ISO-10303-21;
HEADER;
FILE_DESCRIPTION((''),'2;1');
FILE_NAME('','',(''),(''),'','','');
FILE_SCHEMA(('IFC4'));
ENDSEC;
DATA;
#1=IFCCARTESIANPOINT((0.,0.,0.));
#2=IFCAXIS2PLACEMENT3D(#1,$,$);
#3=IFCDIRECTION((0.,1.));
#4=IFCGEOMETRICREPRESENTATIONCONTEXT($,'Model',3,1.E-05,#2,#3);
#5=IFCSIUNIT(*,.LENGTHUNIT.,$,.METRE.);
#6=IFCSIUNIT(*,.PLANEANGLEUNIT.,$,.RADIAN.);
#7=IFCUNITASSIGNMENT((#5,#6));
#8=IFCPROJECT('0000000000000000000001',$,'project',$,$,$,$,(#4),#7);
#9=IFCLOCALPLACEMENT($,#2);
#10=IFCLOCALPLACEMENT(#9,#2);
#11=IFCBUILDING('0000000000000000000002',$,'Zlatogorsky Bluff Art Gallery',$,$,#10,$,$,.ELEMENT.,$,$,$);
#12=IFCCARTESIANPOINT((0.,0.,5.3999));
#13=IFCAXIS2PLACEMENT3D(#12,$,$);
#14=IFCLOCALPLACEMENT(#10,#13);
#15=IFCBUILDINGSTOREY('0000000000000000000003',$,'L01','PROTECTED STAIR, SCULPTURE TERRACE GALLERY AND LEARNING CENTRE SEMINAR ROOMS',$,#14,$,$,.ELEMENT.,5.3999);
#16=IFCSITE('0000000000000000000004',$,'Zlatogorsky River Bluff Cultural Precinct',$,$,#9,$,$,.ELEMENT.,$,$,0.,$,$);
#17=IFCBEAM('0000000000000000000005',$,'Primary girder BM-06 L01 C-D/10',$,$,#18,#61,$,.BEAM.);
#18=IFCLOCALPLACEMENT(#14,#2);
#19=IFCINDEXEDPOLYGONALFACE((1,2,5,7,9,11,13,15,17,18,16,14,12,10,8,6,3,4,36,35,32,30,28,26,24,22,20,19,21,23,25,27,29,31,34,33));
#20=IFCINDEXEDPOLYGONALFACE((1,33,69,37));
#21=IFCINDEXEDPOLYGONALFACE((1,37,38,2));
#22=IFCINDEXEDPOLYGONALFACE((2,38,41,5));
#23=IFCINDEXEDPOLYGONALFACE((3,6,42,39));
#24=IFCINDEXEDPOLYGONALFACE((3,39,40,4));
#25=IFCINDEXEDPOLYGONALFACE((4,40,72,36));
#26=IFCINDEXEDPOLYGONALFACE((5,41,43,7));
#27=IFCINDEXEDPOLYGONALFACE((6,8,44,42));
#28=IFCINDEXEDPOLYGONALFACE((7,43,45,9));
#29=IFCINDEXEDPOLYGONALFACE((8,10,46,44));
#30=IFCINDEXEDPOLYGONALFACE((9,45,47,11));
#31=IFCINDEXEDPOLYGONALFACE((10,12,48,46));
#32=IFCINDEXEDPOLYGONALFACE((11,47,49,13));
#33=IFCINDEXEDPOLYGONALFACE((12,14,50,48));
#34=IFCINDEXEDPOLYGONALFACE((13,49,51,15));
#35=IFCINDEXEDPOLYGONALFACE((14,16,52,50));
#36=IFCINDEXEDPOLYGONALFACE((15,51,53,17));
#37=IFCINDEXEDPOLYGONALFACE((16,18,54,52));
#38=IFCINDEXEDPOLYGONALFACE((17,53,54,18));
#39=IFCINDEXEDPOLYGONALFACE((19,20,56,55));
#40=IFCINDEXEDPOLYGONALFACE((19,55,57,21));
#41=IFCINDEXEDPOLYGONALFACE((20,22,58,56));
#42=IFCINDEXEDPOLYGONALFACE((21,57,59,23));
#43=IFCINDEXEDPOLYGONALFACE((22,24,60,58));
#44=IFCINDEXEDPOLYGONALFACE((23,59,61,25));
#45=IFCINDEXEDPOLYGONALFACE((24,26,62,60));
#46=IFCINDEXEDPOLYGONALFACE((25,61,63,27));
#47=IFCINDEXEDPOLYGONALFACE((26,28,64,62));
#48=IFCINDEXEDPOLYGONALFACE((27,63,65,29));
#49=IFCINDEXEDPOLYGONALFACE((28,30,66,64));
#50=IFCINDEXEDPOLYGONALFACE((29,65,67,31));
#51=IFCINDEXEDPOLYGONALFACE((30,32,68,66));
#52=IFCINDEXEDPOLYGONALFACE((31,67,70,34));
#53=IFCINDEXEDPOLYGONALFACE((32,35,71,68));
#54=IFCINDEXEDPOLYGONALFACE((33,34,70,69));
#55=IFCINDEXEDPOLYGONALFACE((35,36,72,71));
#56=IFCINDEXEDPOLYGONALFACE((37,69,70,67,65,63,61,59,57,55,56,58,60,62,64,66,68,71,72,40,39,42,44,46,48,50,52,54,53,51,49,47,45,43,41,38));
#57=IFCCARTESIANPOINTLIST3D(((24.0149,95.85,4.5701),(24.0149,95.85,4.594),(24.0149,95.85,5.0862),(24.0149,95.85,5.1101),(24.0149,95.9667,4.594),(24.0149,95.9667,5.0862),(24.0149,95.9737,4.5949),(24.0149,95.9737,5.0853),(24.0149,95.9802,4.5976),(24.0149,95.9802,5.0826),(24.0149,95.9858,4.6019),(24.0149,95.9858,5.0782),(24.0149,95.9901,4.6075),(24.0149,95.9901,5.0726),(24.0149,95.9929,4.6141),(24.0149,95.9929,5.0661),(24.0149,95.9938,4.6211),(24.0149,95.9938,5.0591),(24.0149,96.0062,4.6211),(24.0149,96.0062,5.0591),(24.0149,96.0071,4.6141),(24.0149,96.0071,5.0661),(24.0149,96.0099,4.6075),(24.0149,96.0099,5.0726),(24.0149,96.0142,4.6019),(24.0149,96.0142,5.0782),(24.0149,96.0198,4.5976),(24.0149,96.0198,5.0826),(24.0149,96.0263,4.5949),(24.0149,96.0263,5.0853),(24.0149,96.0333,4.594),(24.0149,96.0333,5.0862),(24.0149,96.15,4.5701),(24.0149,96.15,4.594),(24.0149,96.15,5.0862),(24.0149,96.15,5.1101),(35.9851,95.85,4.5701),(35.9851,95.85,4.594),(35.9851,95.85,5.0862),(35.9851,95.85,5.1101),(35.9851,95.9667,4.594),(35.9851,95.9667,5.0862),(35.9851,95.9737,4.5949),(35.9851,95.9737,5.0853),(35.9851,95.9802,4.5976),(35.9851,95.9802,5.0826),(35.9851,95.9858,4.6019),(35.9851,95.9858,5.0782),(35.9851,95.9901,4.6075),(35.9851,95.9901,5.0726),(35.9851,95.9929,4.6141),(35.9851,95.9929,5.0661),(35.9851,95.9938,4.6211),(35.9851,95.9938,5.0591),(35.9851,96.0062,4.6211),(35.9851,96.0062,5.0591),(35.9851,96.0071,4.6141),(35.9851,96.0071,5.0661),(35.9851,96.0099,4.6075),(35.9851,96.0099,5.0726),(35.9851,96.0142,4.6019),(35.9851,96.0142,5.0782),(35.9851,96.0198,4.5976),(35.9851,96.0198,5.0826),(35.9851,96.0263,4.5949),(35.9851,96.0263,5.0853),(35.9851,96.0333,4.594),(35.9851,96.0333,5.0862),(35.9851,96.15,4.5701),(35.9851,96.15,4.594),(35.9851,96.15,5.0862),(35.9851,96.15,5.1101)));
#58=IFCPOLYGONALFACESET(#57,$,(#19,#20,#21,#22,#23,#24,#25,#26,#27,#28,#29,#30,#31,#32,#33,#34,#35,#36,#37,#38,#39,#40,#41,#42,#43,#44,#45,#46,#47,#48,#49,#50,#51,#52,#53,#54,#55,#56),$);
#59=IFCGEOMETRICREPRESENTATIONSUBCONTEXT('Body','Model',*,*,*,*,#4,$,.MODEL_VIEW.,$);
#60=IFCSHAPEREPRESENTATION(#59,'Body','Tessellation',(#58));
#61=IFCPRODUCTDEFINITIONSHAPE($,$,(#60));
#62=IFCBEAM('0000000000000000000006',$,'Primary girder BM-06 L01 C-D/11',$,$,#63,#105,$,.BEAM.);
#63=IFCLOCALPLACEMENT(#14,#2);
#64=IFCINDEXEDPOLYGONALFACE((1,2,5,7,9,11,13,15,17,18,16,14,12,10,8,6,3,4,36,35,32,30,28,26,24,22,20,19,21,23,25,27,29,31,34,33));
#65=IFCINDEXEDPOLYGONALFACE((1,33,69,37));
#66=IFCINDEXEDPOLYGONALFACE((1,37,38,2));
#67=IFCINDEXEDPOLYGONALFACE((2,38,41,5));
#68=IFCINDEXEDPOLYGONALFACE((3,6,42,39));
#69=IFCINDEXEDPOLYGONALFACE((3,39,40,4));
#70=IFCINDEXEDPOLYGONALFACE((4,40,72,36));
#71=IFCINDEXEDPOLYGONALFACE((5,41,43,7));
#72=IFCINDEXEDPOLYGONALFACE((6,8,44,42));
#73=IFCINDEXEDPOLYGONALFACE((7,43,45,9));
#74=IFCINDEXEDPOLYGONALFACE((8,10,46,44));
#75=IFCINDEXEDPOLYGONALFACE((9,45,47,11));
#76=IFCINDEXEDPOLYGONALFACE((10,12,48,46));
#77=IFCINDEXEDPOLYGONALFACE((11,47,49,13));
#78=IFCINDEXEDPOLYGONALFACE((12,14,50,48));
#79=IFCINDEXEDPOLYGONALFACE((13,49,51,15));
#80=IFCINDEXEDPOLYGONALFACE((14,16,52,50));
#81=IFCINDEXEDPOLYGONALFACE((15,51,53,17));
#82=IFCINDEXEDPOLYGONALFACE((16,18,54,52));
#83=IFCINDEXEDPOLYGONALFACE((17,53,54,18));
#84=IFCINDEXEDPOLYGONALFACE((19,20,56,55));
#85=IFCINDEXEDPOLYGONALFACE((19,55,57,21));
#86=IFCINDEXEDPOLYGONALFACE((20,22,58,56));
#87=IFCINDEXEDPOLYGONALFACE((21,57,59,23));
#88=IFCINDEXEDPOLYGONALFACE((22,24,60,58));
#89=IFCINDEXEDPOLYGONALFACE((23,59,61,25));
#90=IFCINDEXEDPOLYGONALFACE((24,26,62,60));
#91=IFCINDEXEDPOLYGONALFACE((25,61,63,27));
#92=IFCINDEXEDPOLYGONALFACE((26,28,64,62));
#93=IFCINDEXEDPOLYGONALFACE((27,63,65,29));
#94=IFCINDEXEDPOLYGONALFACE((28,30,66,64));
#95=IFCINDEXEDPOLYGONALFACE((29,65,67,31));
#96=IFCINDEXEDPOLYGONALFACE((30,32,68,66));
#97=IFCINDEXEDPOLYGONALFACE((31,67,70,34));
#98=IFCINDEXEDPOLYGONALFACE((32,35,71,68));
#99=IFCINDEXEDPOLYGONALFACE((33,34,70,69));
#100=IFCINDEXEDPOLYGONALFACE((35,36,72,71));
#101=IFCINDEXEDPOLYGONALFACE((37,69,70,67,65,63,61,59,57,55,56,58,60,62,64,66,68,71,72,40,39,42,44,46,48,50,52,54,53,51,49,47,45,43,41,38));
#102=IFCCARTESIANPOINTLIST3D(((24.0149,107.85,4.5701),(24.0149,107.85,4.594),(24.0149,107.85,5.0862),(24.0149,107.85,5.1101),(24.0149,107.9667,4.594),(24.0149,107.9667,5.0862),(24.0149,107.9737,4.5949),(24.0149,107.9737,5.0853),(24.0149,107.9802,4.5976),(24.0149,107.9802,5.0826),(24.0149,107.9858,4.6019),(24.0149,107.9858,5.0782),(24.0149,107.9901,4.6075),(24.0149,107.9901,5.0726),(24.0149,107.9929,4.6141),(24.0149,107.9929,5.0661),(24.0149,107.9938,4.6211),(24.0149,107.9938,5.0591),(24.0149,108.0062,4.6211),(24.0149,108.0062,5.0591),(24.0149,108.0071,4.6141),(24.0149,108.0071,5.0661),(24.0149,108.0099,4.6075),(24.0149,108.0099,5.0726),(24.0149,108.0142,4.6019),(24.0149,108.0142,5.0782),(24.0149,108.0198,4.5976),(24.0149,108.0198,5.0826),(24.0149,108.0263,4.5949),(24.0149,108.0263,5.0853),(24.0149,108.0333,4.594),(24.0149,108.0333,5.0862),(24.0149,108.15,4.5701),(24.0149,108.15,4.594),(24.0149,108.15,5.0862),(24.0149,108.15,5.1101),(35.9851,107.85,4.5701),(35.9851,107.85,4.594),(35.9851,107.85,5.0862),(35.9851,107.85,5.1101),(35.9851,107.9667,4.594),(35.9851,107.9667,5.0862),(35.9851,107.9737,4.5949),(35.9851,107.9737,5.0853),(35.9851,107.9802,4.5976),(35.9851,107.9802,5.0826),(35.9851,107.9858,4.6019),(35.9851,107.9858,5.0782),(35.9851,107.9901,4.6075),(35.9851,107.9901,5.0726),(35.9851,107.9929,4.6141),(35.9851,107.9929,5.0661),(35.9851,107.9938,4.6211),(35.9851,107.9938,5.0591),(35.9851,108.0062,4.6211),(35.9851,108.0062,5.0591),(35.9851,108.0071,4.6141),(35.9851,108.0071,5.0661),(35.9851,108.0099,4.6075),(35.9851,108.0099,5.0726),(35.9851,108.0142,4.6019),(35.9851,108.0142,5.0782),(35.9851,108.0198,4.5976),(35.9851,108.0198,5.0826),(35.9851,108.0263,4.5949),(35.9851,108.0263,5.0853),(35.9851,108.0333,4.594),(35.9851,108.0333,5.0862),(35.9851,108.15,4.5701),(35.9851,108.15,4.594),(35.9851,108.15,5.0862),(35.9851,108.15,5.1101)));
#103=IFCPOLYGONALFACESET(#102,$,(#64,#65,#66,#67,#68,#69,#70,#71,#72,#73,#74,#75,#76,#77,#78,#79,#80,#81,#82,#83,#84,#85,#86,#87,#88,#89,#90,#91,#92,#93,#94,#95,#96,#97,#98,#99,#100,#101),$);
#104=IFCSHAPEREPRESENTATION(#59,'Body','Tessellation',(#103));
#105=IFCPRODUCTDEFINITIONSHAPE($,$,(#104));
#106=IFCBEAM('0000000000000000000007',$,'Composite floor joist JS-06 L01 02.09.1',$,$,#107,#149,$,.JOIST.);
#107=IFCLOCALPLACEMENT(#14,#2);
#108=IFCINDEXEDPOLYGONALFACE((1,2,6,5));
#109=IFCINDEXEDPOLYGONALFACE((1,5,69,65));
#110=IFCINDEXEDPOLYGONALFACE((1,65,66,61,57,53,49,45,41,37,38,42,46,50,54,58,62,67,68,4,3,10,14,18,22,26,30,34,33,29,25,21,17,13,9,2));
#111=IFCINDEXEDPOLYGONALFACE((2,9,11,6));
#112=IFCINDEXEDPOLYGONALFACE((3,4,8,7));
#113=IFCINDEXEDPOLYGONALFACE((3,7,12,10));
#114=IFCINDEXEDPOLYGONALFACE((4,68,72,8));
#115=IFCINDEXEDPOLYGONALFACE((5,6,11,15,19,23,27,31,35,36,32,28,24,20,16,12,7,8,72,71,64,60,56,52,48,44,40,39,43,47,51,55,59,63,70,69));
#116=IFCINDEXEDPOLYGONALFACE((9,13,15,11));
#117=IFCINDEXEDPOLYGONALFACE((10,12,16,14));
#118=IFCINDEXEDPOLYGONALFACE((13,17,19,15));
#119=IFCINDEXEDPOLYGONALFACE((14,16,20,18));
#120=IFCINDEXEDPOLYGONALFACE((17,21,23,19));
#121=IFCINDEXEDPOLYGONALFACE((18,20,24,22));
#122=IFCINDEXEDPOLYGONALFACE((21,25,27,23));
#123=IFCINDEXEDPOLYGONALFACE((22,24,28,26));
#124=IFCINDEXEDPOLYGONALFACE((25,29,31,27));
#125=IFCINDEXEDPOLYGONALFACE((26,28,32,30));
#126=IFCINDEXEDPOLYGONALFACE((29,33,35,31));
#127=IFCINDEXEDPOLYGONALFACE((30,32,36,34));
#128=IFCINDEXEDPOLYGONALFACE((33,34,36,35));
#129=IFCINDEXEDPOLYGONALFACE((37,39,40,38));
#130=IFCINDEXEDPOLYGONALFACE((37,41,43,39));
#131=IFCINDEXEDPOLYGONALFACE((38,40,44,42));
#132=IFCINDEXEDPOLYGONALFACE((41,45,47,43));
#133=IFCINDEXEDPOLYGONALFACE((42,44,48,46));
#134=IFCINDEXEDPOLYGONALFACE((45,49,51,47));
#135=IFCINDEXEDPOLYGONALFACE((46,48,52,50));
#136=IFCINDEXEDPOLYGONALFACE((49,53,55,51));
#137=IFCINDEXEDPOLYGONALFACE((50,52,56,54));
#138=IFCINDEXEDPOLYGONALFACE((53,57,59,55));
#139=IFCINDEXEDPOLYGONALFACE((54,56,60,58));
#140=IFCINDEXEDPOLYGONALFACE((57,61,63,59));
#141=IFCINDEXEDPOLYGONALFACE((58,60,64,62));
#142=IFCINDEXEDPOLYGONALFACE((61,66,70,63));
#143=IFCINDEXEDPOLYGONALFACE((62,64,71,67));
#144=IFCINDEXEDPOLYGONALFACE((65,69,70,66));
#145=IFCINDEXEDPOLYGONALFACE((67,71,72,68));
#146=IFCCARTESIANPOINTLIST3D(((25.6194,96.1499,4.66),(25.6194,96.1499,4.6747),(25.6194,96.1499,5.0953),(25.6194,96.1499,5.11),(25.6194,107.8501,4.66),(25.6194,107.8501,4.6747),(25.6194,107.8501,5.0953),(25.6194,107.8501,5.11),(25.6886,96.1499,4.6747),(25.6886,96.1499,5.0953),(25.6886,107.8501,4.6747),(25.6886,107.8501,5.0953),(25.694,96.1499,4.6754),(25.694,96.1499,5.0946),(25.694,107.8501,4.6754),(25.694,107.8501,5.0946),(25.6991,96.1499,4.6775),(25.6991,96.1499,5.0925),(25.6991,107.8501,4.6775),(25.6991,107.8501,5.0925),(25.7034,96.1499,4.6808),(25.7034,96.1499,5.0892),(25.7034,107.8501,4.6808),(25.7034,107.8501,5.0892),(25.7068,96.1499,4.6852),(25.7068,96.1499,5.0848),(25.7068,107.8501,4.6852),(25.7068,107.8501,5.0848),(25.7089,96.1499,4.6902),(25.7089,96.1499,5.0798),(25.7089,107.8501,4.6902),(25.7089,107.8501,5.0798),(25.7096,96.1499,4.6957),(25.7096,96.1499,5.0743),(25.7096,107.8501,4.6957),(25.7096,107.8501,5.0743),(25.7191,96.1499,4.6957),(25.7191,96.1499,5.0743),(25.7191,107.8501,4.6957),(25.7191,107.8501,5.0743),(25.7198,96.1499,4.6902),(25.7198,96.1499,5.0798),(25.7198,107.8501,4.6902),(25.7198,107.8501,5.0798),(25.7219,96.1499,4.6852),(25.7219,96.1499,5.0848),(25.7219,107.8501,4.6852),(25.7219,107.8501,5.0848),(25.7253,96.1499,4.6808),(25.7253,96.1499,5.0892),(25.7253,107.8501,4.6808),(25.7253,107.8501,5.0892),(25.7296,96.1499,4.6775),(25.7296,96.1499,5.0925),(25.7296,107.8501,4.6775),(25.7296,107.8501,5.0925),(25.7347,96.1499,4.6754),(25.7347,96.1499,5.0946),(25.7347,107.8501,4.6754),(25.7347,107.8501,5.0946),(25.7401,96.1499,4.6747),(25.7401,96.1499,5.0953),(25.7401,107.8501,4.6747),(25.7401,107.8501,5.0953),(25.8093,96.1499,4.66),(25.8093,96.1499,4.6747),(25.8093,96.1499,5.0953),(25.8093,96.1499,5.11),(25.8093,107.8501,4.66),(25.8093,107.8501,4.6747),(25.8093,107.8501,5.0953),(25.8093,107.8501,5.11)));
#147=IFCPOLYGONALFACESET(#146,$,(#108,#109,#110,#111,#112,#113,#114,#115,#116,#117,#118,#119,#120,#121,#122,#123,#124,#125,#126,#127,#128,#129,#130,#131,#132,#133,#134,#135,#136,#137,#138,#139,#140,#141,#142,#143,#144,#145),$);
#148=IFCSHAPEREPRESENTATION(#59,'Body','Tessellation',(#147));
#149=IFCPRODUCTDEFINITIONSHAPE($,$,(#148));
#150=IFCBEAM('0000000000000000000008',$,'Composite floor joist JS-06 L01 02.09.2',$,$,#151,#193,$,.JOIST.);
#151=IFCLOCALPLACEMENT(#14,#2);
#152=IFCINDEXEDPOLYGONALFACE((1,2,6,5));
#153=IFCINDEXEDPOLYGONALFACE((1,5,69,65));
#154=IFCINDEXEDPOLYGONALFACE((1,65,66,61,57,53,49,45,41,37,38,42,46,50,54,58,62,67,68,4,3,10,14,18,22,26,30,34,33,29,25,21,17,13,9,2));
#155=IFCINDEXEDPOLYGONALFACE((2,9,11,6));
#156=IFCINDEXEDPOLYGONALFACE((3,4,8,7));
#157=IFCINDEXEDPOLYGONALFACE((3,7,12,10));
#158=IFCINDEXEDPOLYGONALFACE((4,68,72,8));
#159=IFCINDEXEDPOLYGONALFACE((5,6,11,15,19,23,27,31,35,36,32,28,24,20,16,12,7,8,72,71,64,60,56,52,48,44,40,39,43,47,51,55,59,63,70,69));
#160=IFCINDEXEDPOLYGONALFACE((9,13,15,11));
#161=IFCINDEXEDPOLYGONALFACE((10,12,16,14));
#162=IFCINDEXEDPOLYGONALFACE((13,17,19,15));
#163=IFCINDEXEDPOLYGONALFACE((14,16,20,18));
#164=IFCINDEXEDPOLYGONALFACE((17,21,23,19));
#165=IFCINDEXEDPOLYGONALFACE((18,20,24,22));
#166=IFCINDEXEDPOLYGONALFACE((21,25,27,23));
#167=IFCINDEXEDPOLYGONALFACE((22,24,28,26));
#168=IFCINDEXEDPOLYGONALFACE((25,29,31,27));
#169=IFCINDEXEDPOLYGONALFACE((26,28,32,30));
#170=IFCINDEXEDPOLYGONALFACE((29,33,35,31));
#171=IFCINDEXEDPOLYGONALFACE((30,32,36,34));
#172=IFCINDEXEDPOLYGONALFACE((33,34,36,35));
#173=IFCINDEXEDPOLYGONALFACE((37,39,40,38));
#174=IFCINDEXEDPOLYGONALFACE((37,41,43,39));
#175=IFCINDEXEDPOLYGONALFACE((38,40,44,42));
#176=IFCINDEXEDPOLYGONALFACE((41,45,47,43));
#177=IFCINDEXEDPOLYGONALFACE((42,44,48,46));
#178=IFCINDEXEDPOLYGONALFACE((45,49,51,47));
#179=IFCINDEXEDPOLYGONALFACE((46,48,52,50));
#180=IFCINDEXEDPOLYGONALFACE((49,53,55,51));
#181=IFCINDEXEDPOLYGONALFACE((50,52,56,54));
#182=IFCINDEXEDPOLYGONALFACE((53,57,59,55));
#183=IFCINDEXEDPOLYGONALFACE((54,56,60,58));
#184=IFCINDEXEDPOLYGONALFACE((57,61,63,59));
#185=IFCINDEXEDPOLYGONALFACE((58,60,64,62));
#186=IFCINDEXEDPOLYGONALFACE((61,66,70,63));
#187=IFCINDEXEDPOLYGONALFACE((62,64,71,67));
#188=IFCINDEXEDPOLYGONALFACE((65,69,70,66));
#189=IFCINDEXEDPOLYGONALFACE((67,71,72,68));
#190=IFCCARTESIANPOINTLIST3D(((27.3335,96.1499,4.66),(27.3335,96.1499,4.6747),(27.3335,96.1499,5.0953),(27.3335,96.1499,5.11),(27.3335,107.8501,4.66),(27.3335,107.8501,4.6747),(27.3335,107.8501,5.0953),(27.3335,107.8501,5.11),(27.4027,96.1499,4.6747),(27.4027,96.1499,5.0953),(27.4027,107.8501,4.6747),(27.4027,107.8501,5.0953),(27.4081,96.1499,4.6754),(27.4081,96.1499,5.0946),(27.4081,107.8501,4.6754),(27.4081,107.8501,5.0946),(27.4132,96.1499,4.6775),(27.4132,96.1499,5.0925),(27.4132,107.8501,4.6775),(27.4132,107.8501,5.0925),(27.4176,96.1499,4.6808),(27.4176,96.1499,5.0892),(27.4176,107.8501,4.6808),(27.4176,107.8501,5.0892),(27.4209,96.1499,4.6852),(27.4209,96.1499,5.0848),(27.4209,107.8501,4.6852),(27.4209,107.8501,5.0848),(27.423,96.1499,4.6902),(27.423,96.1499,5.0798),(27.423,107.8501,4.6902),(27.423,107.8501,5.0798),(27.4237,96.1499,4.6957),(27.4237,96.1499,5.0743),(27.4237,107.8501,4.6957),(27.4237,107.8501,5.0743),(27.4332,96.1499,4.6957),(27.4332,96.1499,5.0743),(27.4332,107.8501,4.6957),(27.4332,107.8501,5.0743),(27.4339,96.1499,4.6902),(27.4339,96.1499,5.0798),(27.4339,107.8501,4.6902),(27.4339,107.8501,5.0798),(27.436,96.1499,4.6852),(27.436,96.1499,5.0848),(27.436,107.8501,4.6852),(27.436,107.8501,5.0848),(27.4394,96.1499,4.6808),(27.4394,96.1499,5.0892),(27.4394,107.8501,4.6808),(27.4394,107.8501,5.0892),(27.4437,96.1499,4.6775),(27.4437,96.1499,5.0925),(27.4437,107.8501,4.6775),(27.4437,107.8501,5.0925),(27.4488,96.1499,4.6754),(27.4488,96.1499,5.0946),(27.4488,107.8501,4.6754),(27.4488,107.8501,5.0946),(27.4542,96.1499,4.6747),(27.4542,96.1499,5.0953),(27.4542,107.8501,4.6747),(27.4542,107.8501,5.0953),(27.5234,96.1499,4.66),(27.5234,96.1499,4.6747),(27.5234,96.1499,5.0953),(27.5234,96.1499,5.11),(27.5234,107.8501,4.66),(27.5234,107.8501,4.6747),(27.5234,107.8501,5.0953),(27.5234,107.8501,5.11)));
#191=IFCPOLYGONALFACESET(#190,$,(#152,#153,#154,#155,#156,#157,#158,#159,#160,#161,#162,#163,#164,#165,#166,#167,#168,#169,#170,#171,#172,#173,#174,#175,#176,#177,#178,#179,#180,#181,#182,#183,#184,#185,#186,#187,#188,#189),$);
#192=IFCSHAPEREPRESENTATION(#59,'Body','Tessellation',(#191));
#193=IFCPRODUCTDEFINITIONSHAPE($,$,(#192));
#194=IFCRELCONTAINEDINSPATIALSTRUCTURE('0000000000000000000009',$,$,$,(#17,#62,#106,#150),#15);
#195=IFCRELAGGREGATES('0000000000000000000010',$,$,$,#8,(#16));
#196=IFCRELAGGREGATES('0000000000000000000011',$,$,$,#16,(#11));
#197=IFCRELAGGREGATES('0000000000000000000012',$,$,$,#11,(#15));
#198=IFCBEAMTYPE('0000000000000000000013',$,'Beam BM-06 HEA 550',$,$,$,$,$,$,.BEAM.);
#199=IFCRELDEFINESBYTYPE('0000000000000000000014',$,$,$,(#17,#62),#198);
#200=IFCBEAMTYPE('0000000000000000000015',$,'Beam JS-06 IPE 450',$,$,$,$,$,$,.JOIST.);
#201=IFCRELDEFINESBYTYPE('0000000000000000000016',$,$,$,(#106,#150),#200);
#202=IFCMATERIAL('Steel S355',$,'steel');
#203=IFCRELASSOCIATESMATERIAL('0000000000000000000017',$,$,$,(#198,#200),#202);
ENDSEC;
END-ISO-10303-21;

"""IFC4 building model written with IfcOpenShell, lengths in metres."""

from ifc_helpers import new_model, si_unit, direction, frame, origin, origin_2d, place, context, subcontext, project, spatial, i_section, extrude, material, material_profile, profile_set, type_object, element, save


model = new_model("IFC4")

# Units and contexts
model_context = context("Model", 3, precision=1e-05, world=origin(), true_north=direction((0.0, 1.0)))
body_context = subcontext(model_context, "Body", "Model", "MODEL_VIEW")
ifc_project = project(units=[si_unit("LENGTHUNIT", "METRE"), si_unit("PLANEANGLEUNIT", "RADIAN")], contexts=[model_context])

# Site, building, storey
site_placement = place(None, origin())
site = spatial("IfcSite", under=ifc_project, at=site_placement, Name="Zlatogorsky River Bluff Cultural Precinct", CompositionType="ELEMENT", RefElevation=0.0)
building_placement = place(site_placement, origin())
building = spatial("IfcBuilding", under=site, at=building_placement, Name="Zlatogorsky Bluff Art Gallery", CompositionType="ELEMENT")
storey_placement = place(building_placement, frame((0.0, 0.0, 5.3999)))
storey = spatial("IfcBuildingStorey", under=building, at=storey_placement, Name="L01", Description="PROTECTED STAIR, SCULPTURE TERRACE GALLERY AND LEARNING CENTRE SEMINAR ROOMS", CompositionType="ELEMENT", Elevation=5.3999)

# Beams
ifc_material_1 = material(Name="Steel S355", Category="steel")
ifc_material_profile_1 = material_profile(ifc_material_1, i_section(OverallWidth=0.3, OverallDepth=0.54, WebThickness=0.0125, FlangeThickness=0.0239, FilletRadius=0.0271, at=origin_2d()), Name="HEA 550")
ifc_profile_set_1 = profile_set([ifc_material_profile_1], Name="Steel S355")
beam_type_1 = type_object("IfcBeamType", Name="Beam BM-06 HEA 550", PredefinedType="BEAM", material=ifc_profile_set_1)
for number, where, z_axis, x_axis, name in (
    (1, (24.0149, 96.0, 4.8401), (1.0, 0.0, 0.0), (0.0, 1.0, 0.0), "Primary girder BM-06 L01 C-D/10"),
    (2, (24.0149, 108.0, 4.8401), (1.0, 0.0, 0.0), (0.0, 1.0, 0.0), "Primary girder BM-06 L01 C-D/11"),
):
    element("IfcBeam", number, at=place(storey_placement, frame(where, z_axis=z_axis, x_axis=x_axis)), inside=storey, type_object=beam_type_1, Name=name, PredefinedType="BEAM", context=body_context, shape_type="SweptSolid", body=[
        extrude(i_section(OverallWidth=0.3, OverallDepth=0.54, WebThickness=0.0125, FlangeThickness=0.0239, FilletRadius=0.0271, at=origin_2d()), origin(), (0.0, 0.0, 1.0), 11.9702),
    ])
ifc_material_profile_2 = material_profile(ifc_material_1, i_section(OverallWidth=0.1899, OverallDepth=0.45, WebThickness=0.0095, FlangeThickness=0.0146, FilletRadius=0.021, at=origin_2d()), Name="IPE 450")
ifc_profile_set_2 = profile_set([ifc_material_profile_2], Name="Steel S355")
beam_type_2 = type_object("IfcBeamType", Name="Beam JS-06 IPE 450", PredefinedType="JOIST", material=ifc_profile_set_2)
for number, where, z_axis, x_axis, name in (
    (3, (25.7144, 96.1499, 4.885), (0.0, 1.0, 0.0), (-1.0, 0.0, 0.0), "Composite floor joist JS-06 L01 02.09.1"),
    (4, (27.4285, 96.1499, 4.885), (0.0, 1.0, 0.0), (-1.0, 0.0, 0.0), "Composite floor joist JS-06 L01 02.09.2"),
):
    element("IfcBeam", number, at=place(storey_placement, frame(where, z_axis=z_axis, x_axis=x_axis)), inside=storey, type_object=beam_type_2, Name=name, PredefinedType="JOIST", context=body_context, shape_type="SweptSolid", body=[
        extrude(i_section(OverallWidth=0.1899, OverallDepth=0.45, WebThickness=0.0095, FlangeThickness=0.0146, FilletRadius=0.021, at=origin_2d()), origin(), (0.0, 0.0, 1.0), 11.7002),
    ])

save(model, "model.ifc")
